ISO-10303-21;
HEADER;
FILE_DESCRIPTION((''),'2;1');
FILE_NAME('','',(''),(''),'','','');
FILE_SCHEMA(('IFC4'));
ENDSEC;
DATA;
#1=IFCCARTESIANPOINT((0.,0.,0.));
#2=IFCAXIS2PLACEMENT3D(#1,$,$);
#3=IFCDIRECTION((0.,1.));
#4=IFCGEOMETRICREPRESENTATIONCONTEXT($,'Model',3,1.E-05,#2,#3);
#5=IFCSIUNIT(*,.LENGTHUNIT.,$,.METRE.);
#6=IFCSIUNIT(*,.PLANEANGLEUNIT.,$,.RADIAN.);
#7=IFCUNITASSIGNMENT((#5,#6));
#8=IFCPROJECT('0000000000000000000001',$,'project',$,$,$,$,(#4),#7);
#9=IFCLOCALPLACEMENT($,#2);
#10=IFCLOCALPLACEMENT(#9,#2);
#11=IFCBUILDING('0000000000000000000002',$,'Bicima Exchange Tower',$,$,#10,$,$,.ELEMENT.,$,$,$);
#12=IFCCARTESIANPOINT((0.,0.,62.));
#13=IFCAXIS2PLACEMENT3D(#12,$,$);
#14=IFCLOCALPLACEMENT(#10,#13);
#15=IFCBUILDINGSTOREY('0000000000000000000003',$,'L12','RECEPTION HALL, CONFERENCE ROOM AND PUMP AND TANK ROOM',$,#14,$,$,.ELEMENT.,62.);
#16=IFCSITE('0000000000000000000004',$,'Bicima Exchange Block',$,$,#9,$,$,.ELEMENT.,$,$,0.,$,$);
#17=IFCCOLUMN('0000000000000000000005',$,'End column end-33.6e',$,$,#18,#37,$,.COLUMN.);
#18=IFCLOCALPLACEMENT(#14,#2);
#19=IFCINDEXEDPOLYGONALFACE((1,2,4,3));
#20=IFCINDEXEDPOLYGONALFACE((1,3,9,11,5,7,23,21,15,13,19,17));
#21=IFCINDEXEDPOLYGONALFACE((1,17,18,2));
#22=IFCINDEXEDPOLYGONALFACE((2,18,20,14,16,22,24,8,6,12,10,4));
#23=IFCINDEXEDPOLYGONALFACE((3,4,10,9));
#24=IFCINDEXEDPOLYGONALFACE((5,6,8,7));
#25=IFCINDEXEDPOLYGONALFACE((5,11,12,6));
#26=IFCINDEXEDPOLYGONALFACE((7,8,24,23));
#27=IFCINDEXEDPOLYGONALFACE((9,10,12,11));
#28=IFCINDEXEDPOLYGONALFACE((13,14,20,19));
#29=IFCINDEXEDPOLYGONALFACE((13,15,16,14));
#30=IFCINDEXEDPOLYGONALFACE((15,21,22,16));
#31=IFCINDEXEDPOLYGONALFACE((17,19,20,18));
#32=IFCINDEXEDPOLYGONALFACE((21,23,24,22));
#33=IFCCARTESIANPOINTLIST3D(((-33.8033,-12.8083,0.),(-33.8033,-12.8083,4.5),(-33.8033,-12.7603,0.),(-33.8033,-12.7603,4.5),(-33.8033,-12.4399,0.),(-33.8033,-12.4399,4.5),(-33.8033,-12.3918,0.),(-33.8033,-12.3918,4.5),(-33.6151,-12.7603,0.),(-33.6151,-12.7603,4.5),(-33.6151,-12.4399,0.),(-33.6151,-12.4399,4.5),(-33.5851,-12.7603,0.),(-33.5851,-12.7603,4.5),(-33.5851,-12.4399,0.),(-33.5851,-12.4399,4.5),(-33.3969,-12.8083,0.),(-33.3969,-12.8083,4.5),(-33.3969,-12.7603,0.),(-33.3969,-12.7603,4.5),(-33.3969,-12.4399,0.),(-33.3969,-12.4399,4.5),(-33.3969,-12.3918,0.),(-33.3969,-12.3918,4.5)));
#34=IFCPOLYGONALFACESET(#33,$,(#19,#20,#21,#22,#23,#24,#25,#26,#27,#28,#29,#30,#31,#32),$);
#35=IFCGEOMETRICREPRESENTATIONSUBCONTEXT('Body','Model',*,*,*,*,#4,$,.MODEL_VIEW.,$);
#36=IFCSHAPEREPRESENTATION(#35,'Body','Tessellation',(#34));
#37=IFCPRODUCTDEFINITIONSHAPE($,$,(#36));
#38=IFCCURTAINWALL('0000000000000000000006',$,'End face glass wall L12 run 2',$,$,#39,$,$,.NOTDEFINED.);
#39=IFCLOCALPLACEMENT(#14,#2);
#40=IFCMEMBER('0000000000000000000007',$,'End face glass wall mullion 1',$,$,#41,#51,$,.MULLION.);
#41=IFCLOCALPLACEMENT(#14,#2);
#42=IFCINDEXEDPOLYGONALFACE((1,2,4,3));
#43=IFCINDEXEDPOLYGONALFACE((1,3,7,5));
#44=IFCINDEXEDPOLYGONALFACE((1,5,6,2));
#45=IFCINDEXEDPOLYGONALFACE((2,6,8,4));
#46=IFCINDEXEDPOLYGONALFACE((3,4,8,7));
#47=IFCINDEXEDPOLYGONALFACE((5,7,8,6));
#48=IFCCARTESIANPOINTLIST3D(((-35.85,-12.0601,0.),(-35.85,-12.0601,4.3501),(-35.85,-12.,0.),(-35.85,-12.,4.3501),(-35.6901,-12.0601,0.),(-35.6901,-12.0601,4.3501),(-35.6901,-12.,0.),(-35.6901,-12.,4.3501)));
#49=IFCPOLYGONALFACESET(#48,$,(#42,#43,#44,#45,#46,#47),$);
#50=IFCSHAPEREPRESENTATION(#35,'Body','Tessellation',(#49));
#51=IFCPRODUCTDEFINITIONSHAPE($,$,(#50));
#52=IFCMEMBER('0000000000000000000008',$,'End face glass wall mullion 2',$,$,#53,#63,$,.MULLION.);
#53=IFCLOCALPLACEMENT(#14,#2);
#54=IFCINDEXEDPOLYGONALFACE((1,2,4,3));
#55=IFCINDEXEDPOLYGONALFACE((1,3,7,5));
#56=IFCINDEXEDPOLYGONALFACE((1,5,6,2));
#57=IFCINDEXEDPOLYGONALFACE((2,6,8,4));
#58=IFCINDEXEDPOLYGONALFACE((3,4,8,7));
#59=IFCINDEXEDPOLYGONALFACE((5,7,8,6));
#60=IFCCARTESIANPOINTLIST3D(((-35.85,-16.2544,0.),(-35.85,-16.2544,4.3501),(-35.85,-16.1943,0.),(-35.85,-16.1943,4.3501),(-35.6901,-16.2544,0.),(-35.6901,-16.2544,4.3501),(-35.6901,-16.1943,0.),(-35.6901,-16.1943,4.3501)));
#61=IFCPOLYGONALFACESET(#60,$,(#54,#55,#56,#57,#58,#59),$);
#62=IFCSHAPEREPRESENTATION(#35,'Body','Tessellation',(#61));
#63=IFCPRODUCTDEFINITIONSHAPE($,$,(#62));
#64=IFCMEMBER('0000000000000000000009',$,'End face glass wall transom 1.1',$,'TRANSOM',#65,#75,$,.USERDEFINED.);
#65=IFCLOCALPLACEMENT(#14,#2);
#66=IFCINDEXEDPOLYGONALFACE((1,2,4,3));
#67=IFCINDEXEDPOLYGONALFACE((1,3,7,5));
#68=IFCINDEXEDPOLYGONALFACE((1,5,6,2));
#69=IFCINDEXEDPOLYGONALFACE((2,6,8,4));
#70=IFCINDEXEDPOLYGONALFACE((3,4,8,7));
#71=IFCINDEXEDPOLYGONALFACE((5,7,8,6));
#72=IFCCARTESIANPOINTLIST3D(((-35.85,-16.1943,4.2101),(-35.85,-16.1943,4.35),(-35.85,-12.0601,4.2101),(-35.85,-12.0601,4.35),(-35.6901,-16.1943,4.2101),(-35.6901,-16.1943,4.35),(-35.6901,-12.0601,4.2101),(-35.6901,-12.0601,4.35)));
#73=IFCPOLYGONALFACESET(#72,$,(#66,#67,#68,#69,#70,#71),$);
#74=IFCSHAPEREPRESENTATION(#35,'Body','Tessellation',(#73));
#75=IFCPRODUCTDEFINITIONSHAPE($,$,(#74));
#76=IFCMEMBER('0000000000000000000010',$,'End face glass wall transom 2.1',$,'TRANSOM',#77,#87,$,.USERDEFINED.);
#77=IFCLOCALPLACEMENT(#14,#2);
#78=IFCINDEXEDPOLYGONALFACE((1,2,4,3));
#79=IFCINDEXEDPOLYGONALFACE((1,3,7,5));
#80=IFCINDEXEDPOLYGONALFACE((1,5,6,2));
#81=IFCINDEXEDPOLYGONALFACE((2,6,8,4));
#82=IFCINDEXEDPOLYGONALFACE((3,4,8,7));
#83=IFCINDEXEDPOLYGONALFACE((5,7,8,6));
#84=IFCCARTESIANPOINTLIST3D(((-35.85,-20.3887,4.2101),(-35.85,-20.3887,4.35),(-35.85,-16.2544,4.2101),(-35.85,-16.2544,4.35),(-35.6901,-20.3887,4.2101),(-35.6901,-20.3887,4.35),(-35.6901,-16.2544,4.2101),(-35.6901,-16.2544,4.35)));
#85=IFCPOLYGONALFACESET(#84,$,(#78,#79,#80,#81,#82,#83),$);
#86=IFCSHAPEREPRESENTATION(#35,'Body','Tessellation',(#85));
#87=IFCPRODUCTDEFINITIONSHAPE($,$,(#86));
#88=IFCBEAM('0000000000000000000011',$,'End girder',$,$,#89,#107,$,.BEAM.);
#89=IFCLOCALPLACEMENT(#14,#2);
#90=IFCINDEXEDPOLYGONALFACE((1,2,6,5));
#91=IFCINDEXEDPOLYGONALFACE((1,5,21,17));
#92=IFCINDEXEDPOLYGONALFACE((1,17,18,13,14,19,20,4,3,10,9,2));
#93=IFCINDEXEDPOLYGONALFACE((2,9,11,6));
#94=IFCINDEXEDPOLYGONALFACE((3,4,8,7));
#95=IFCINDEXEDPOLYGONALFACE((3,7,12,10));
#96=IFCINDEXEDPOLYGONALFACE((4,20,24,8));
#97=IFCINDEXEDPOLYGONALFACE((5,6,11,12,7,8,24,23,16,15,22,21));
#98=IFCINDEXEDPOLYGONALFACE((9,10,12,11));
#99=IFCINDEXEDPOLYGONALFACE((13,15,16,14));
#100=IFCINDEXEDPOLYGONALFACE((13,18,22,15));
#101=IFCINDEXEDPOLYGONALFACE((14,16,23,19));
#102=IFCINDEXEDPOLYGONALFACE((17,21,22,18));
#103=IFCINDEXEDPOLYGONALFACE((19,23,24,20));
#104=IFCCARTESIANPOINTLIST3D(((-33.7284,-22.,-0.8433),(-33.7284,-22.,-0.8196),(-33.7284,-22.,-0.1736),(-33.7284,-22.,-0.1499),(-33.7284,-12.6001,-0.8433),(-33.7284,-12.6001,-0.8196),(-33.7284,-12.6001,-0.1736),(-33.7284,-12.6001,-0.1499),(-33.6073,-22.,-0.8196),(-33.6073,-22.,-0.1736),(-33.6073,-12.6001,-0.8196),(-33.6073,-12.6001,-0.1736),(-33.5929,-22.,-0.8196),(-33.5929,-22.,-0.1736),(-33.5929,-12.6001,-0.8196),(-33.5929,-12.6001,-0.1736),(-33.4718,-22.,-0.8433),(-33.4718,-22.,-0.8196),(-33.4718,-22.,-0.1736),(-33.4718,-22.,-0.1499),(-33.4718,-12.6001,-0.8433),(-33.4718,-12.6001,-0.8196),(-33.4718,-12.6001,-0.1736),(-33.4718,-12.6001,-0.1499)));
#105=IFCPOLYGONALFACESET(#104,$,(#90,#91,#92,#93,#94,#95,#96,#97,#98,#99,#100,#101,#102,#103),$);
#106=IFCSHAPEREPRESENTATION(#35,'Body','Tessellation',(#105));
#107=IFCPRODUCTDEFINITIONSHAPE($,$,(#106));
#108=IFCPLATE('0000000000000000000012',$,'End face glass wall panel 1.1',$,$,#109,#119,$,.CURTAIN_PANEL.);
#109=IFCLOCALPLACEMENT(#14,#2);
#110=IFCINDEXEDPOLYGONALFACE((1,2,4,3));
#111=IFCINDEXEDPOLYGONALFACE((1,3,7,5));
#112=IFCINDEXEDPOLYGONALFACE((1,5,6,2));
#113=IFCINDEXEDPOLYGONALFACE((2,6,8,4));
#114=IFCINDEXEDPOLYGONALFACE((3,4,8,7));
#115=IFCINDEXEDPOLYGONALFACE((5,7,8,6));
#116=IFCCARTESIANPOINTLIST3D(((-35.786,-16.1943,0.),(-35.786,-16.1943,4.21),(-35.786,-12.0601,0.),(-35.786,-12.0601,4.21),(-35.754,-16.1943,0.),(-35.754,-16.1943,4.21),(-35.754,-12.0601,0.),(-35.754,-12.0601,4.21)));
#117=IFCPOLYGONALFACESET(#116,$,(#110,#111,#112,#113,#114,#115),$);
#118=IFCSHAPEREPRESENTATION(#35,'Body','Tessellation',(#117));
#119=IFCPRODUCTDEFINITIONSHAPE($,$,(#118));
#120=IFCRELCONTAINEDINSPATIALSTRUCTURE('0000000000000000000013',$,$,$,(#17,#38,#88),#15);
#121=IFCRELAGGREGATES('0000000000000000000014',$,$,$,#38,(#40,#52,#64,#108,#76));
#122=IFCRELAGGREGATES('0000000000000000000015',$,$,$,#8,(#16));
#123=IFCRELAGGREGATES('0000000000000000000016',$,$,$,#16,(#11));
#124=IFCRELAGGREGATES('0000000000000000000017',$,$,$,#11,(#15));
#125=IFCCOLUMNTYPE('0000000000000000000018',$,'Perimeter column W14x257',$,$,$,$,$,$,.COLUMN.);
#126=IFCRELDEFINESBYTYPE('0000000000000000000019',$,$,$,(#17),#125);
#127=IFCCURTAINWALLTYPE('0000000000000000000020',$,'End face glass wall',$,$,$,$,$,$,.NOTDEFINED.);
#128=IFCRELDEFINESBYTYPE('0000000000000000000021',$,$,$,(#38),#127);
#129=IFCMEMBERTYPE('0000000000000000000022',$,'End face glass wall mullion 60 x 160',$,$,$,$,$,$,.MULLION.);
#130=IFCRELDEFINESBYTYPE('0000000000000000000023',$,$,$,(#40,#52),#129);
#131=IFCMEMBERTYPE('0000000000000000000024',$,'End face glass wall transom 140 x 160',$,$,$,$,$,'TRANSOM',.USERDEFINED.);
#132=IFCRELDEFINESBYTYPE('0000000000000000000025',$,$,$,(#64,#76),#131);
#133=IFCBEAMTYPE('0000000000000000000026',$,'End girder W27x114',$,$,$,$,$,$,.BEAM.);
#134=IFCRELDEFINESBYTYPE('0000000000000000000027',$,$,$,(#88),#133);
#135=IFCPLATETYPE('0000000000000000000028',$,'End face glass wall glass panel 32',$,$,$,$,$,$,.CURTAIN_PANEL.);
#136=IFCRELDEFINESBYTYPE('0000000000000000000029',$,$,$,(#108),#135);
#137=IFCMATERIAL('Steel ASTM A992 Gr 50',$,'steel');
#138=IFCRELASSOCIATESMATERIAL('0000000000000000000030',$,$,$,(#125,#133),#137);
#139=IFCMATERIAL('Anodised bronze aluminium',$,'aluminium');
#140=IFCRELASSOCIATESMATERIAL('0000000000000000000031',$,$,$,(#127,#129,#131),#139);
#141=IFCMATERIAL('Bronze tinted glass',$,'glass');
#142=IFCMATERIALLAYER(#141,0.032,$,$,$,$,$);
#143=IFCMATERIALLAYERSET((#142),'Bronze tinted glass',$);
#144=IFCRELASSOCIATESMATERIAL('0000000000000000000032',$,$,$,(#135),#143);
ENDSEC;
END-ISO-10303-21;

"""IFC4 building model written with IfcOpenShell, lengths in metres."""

from ifc_helpers import new_model, si_unit, direction, frame, origin, origin_2d, place, context, subcontext, project, spatial, rectangle, i_section, extrude, material, layer, layer_set, material_profile, profile_set, type_object, element, aggregate, save


model = new_model("IFC4")

# Units and contexts
model_context = context("Model", 3, precision=1e-05, world=origin(), true_north=direction((0.0, 1.0)))
body_context = subcontext(model_context, "Body", "Model", "MODEL_VIEW")
ifc_project = project(units=[si_unit("LENGTHUNIT", "METRE"), si_unit("PLANEANGLEUNIT", "RADIAN")], contexts=[model_context])

# Site, building, storey
site_placement = place(None, origin())
site = spatial("IfcSite", under=ifc_project, at=site_placement, Name="Bicima Exchange Block", CompositionType="ELEMENT", RefElevation=0.0)
building_placement = place(site_placement, origin())
building = spatial("IfcBuilding", under=site, at=building_placement, Name="Bicima Exchange Tower", CompositionType="ELEMENT")
storey_placement = place(building_placement, frame((0.0, 0.0, 62.0)))
storey = spatial("IfcBuildingStorey", under=building, at=storey_placement, Name="L12", Description="RECEPTION HALL, CONFERENCE ROOM AND PUMP AND TANK ROOM", CompositionType="ELEMENT", Elevation=62.0)

# Column
ifc_material_1 = material(Name="Steel ASTM A992 Gr 50", Category="steel")
ifc_material_profile_1 = material_profile(ifc_material_1, i_section(OverallWidth=0.4065, OverallDepth=0.4165, WebThickness=0.03, FlangeThickness=0.0481, at=origin_2d()))
ifc_profile_set_1 = profile_set([ifc_material_profile_1], Name="Steel ASTM A992 Gr 50")
column_type = type_object("IfcColumnType", Name="Perimeter column W14x257", PredefinedType="COLUMN", material=ifc_profile_set_1)
column_placement = place(storey_placement, frame((-33.6001, -12.6001, 0.0), z_axis=(0.0, 0.0, 1.0), x_axis=(1.0, 0.0, 0.0)))
element("IfcColumn", 1, at=column_placement, inside=storey, type_object=column_type, Name="End column end-33.6e", PredefinedType="COLUMN", context=body_context, shape_type="SweptSolid", body=[
    extrude(i_section(OverallWidth=0.4065, OverallDepth=0.4165, WebThickness=0.03, FlangeThickness=0.0481, at=origin_2d()), origin(), (0.0, 0.0, 1.0), 4.5),
])

# Curtain wall, members
ifc_material_2 = material(Name="Anodised bronze aluminium", Category="aluminium")
curtain_wall_type = type_object("IfcCurtainWallType", Name="End face glass wall", PredefinedType="NOTDEFINED", material=ifc_material_2)
curtain_wall_placement = place(storey_placement, origin())
curtain_wall = element("IfcCurtainWall", 2, at=curtain_wall_placement, inside=storey, type_object=curtain_wall_type, Name="End face glass wall L12 run 2", PredefinedType="NOTDEFINED")
ifc_material_profile_2 = material_profile(ifc_material_2, rectangle(XDim=0.1599, YDim=0.0601, at=origin_2d()))
ifc_profile_set_2 = profile_set([ifc_material_profile_2], Name="Anodised bronze aluminium")
member_type_1 = type_object("IfcMemberType", Name="End face glass wall mullion 60 x 160", PredefinedType="MULLION", material=ifc_profile_set_2)
member_1_placement = place(storey_placement, frame((-35.77, -12.03, 0.0), z_axis=(0.0, 0.0, 1.0), x_axis=(1.0, 0.0, 0.0)))
member_1 = element("IfcMember", 3, at=member_1_placement, type_object=member_type_1, Name="End face glass wall mullion 1", PredefinedType="MULLION", context=body_context, shape_type="SweptSolid", body=[
    extrude(rectangle(XDim=0.1599, YDim=0.0601, at=origin_2d()), origin(), (0.0, 0.0, 1.0), 4.3501),
])
member_2_placement = place(storey_placement, frame((-35.77, -16.2244, 0.0), z_axis=(0.0, 0.0, 1.0), x_axis=(1.0, 0.0, 0.0)))
member_2 = element("IfcMember", 4, at=member_2_placement, type_object=member_type_1, Name="End face glass wall mullion 2", PredefinedType="MULLION", context=body_context, shape_type="SweptSolid", body=[
    extrude(rectangle(XDim=0.1599, YDim=0.0601, at=origin_2d()), origin(), (0.0, 0.0, 1.0), 4.3501),
])
ifc_material_profile_3 = material_profile(ifc_material_2, rectangle(XDim=0.1599, YDim=0.1399, at=origin_2d()))
ifc_profile_set_3 = profile_set([ifc_material_profile_3], Name="Anodised bronze aluminium")
member_type_2 = type_object("IfcMemberType", Name="End face glass wall transom 140 x 160", ElementType="TRANSOM", PredefinedType="USERDEFINED", material=ifc_profile_set_3)
member_3_placement = place(storey_placement, frame((-35.77, -12.0601, 4.28), z_axis=(0.0, -1.0, 0.0), x_axis=(1.0, 0.0, 0.0)))
member_3 = element("IfcMember", 5, at=member_3_placement, type_object=member_type_2, Name="End face glass wall transom 1.1", ObjectType="TRANSOM", PredefinedType="USERDEFINED", context=body_context, shape_type="SweptSolid", body=[
    extrude(rectangle(XDim=0.1599, YDim=0.1399, at=origin_2d()), origin(), (0.0, 0.0, 1.0), 4.1343),
])
member_4_placement = place(storey_placement, frame((-35.77, -16.2544, 4.28), z_axis=(0.0, -1.0, 0.0), x_axis=(1.0, 0.0, 0.0)))
member_4 = element("IfcMember", 6, at=member_4_placement, type_object=member_type_2, Name="End face glass wall transom 2.1", ObjectType="TRANSOM", PredefinedType="USERDEFINED", context=body_context, shape_type="SweptSolid", body=[
    extrude(rectangle(XDim=0.1599, YDim=0.1399, at=origin_2d()), origin(), (0.0, 0.0, 1.0), 4.1343),
])

# Beam
ifc_material_profile_4 = material_profile(ifc_material_1, i_section(OverallWidth=0.2566, OverallDepth=0.6934, WebThickness=0.0144, FlangeThickness=0.0237, at=origin_2d()))
ifc_profile_set_4 = profile_set([ifc_material_profile_4], Name="Steel ASTM A992 Gr 50")
beam_type = type_object("IfcBeamType", Name="End girder W27x114", PredefinedType="BEAM", material=ifc_profile_set_4)
beam_placement = place(storey_placement, frame((-33.6001, -12.6001, -0.4966), z_axis=(0.0, -1.0, 0.0), x_axis=(1.0, 0.0, 0.0)))
element("IfcBeam", 7, at=beam_placement, inside=storey, type_object=beam_type, Name="End girder", PredefinedType="BEAM", context=body_context, shape_type="SweptSolid", body=[
    extrude(i_section(OverallWidth=0.2566, OverallDepth=0.6934, WebThickness=0.0144, FlangeThickness=0.0237, at=origin_2d()), origin(), (0.0, 0.0, 1.0), 9.3999),
])

# Plate
ifc_material_3 = material(Name="Bronze tinted glass", Category="glass")
ifc_layer_1 = layer(ifc_material_3, 0.032)
ifc_layer_set_1 = layer_set([ifc_layer_1], Name="Bronze tinted glass")
plate_type = type_object("IfcPlateType", Name="End face glass wall glass panel 32", PredefinedType="CURTAIN_PANEL", material=ifc_layer_set_1)
plate_placement = place(storey_placement, frame((-35.77, -14.1272, 0.0), z_axis=(0.0, 0.0, 1.0), x_axis=(0.0, -1.0, 0.0)))
plate = element("IfcPlate", 8, at=plate_placement, type_object=plate_type, Name="End face glass wall panel 1.1", PredefinedType="CURTAIN_PANEL", context=body_context, shape_type="SweptSolid", body=[
    extrude(rectangle(XDim=4.1343, YDim=0.032, at=origin_2d()), origin(), (0.0, 0.0, 1.0), 4.21),
])
aggregate(curtain_wall, [member_1, member_2, member_3, plate, member_4])

save(model, "model.ifc")
